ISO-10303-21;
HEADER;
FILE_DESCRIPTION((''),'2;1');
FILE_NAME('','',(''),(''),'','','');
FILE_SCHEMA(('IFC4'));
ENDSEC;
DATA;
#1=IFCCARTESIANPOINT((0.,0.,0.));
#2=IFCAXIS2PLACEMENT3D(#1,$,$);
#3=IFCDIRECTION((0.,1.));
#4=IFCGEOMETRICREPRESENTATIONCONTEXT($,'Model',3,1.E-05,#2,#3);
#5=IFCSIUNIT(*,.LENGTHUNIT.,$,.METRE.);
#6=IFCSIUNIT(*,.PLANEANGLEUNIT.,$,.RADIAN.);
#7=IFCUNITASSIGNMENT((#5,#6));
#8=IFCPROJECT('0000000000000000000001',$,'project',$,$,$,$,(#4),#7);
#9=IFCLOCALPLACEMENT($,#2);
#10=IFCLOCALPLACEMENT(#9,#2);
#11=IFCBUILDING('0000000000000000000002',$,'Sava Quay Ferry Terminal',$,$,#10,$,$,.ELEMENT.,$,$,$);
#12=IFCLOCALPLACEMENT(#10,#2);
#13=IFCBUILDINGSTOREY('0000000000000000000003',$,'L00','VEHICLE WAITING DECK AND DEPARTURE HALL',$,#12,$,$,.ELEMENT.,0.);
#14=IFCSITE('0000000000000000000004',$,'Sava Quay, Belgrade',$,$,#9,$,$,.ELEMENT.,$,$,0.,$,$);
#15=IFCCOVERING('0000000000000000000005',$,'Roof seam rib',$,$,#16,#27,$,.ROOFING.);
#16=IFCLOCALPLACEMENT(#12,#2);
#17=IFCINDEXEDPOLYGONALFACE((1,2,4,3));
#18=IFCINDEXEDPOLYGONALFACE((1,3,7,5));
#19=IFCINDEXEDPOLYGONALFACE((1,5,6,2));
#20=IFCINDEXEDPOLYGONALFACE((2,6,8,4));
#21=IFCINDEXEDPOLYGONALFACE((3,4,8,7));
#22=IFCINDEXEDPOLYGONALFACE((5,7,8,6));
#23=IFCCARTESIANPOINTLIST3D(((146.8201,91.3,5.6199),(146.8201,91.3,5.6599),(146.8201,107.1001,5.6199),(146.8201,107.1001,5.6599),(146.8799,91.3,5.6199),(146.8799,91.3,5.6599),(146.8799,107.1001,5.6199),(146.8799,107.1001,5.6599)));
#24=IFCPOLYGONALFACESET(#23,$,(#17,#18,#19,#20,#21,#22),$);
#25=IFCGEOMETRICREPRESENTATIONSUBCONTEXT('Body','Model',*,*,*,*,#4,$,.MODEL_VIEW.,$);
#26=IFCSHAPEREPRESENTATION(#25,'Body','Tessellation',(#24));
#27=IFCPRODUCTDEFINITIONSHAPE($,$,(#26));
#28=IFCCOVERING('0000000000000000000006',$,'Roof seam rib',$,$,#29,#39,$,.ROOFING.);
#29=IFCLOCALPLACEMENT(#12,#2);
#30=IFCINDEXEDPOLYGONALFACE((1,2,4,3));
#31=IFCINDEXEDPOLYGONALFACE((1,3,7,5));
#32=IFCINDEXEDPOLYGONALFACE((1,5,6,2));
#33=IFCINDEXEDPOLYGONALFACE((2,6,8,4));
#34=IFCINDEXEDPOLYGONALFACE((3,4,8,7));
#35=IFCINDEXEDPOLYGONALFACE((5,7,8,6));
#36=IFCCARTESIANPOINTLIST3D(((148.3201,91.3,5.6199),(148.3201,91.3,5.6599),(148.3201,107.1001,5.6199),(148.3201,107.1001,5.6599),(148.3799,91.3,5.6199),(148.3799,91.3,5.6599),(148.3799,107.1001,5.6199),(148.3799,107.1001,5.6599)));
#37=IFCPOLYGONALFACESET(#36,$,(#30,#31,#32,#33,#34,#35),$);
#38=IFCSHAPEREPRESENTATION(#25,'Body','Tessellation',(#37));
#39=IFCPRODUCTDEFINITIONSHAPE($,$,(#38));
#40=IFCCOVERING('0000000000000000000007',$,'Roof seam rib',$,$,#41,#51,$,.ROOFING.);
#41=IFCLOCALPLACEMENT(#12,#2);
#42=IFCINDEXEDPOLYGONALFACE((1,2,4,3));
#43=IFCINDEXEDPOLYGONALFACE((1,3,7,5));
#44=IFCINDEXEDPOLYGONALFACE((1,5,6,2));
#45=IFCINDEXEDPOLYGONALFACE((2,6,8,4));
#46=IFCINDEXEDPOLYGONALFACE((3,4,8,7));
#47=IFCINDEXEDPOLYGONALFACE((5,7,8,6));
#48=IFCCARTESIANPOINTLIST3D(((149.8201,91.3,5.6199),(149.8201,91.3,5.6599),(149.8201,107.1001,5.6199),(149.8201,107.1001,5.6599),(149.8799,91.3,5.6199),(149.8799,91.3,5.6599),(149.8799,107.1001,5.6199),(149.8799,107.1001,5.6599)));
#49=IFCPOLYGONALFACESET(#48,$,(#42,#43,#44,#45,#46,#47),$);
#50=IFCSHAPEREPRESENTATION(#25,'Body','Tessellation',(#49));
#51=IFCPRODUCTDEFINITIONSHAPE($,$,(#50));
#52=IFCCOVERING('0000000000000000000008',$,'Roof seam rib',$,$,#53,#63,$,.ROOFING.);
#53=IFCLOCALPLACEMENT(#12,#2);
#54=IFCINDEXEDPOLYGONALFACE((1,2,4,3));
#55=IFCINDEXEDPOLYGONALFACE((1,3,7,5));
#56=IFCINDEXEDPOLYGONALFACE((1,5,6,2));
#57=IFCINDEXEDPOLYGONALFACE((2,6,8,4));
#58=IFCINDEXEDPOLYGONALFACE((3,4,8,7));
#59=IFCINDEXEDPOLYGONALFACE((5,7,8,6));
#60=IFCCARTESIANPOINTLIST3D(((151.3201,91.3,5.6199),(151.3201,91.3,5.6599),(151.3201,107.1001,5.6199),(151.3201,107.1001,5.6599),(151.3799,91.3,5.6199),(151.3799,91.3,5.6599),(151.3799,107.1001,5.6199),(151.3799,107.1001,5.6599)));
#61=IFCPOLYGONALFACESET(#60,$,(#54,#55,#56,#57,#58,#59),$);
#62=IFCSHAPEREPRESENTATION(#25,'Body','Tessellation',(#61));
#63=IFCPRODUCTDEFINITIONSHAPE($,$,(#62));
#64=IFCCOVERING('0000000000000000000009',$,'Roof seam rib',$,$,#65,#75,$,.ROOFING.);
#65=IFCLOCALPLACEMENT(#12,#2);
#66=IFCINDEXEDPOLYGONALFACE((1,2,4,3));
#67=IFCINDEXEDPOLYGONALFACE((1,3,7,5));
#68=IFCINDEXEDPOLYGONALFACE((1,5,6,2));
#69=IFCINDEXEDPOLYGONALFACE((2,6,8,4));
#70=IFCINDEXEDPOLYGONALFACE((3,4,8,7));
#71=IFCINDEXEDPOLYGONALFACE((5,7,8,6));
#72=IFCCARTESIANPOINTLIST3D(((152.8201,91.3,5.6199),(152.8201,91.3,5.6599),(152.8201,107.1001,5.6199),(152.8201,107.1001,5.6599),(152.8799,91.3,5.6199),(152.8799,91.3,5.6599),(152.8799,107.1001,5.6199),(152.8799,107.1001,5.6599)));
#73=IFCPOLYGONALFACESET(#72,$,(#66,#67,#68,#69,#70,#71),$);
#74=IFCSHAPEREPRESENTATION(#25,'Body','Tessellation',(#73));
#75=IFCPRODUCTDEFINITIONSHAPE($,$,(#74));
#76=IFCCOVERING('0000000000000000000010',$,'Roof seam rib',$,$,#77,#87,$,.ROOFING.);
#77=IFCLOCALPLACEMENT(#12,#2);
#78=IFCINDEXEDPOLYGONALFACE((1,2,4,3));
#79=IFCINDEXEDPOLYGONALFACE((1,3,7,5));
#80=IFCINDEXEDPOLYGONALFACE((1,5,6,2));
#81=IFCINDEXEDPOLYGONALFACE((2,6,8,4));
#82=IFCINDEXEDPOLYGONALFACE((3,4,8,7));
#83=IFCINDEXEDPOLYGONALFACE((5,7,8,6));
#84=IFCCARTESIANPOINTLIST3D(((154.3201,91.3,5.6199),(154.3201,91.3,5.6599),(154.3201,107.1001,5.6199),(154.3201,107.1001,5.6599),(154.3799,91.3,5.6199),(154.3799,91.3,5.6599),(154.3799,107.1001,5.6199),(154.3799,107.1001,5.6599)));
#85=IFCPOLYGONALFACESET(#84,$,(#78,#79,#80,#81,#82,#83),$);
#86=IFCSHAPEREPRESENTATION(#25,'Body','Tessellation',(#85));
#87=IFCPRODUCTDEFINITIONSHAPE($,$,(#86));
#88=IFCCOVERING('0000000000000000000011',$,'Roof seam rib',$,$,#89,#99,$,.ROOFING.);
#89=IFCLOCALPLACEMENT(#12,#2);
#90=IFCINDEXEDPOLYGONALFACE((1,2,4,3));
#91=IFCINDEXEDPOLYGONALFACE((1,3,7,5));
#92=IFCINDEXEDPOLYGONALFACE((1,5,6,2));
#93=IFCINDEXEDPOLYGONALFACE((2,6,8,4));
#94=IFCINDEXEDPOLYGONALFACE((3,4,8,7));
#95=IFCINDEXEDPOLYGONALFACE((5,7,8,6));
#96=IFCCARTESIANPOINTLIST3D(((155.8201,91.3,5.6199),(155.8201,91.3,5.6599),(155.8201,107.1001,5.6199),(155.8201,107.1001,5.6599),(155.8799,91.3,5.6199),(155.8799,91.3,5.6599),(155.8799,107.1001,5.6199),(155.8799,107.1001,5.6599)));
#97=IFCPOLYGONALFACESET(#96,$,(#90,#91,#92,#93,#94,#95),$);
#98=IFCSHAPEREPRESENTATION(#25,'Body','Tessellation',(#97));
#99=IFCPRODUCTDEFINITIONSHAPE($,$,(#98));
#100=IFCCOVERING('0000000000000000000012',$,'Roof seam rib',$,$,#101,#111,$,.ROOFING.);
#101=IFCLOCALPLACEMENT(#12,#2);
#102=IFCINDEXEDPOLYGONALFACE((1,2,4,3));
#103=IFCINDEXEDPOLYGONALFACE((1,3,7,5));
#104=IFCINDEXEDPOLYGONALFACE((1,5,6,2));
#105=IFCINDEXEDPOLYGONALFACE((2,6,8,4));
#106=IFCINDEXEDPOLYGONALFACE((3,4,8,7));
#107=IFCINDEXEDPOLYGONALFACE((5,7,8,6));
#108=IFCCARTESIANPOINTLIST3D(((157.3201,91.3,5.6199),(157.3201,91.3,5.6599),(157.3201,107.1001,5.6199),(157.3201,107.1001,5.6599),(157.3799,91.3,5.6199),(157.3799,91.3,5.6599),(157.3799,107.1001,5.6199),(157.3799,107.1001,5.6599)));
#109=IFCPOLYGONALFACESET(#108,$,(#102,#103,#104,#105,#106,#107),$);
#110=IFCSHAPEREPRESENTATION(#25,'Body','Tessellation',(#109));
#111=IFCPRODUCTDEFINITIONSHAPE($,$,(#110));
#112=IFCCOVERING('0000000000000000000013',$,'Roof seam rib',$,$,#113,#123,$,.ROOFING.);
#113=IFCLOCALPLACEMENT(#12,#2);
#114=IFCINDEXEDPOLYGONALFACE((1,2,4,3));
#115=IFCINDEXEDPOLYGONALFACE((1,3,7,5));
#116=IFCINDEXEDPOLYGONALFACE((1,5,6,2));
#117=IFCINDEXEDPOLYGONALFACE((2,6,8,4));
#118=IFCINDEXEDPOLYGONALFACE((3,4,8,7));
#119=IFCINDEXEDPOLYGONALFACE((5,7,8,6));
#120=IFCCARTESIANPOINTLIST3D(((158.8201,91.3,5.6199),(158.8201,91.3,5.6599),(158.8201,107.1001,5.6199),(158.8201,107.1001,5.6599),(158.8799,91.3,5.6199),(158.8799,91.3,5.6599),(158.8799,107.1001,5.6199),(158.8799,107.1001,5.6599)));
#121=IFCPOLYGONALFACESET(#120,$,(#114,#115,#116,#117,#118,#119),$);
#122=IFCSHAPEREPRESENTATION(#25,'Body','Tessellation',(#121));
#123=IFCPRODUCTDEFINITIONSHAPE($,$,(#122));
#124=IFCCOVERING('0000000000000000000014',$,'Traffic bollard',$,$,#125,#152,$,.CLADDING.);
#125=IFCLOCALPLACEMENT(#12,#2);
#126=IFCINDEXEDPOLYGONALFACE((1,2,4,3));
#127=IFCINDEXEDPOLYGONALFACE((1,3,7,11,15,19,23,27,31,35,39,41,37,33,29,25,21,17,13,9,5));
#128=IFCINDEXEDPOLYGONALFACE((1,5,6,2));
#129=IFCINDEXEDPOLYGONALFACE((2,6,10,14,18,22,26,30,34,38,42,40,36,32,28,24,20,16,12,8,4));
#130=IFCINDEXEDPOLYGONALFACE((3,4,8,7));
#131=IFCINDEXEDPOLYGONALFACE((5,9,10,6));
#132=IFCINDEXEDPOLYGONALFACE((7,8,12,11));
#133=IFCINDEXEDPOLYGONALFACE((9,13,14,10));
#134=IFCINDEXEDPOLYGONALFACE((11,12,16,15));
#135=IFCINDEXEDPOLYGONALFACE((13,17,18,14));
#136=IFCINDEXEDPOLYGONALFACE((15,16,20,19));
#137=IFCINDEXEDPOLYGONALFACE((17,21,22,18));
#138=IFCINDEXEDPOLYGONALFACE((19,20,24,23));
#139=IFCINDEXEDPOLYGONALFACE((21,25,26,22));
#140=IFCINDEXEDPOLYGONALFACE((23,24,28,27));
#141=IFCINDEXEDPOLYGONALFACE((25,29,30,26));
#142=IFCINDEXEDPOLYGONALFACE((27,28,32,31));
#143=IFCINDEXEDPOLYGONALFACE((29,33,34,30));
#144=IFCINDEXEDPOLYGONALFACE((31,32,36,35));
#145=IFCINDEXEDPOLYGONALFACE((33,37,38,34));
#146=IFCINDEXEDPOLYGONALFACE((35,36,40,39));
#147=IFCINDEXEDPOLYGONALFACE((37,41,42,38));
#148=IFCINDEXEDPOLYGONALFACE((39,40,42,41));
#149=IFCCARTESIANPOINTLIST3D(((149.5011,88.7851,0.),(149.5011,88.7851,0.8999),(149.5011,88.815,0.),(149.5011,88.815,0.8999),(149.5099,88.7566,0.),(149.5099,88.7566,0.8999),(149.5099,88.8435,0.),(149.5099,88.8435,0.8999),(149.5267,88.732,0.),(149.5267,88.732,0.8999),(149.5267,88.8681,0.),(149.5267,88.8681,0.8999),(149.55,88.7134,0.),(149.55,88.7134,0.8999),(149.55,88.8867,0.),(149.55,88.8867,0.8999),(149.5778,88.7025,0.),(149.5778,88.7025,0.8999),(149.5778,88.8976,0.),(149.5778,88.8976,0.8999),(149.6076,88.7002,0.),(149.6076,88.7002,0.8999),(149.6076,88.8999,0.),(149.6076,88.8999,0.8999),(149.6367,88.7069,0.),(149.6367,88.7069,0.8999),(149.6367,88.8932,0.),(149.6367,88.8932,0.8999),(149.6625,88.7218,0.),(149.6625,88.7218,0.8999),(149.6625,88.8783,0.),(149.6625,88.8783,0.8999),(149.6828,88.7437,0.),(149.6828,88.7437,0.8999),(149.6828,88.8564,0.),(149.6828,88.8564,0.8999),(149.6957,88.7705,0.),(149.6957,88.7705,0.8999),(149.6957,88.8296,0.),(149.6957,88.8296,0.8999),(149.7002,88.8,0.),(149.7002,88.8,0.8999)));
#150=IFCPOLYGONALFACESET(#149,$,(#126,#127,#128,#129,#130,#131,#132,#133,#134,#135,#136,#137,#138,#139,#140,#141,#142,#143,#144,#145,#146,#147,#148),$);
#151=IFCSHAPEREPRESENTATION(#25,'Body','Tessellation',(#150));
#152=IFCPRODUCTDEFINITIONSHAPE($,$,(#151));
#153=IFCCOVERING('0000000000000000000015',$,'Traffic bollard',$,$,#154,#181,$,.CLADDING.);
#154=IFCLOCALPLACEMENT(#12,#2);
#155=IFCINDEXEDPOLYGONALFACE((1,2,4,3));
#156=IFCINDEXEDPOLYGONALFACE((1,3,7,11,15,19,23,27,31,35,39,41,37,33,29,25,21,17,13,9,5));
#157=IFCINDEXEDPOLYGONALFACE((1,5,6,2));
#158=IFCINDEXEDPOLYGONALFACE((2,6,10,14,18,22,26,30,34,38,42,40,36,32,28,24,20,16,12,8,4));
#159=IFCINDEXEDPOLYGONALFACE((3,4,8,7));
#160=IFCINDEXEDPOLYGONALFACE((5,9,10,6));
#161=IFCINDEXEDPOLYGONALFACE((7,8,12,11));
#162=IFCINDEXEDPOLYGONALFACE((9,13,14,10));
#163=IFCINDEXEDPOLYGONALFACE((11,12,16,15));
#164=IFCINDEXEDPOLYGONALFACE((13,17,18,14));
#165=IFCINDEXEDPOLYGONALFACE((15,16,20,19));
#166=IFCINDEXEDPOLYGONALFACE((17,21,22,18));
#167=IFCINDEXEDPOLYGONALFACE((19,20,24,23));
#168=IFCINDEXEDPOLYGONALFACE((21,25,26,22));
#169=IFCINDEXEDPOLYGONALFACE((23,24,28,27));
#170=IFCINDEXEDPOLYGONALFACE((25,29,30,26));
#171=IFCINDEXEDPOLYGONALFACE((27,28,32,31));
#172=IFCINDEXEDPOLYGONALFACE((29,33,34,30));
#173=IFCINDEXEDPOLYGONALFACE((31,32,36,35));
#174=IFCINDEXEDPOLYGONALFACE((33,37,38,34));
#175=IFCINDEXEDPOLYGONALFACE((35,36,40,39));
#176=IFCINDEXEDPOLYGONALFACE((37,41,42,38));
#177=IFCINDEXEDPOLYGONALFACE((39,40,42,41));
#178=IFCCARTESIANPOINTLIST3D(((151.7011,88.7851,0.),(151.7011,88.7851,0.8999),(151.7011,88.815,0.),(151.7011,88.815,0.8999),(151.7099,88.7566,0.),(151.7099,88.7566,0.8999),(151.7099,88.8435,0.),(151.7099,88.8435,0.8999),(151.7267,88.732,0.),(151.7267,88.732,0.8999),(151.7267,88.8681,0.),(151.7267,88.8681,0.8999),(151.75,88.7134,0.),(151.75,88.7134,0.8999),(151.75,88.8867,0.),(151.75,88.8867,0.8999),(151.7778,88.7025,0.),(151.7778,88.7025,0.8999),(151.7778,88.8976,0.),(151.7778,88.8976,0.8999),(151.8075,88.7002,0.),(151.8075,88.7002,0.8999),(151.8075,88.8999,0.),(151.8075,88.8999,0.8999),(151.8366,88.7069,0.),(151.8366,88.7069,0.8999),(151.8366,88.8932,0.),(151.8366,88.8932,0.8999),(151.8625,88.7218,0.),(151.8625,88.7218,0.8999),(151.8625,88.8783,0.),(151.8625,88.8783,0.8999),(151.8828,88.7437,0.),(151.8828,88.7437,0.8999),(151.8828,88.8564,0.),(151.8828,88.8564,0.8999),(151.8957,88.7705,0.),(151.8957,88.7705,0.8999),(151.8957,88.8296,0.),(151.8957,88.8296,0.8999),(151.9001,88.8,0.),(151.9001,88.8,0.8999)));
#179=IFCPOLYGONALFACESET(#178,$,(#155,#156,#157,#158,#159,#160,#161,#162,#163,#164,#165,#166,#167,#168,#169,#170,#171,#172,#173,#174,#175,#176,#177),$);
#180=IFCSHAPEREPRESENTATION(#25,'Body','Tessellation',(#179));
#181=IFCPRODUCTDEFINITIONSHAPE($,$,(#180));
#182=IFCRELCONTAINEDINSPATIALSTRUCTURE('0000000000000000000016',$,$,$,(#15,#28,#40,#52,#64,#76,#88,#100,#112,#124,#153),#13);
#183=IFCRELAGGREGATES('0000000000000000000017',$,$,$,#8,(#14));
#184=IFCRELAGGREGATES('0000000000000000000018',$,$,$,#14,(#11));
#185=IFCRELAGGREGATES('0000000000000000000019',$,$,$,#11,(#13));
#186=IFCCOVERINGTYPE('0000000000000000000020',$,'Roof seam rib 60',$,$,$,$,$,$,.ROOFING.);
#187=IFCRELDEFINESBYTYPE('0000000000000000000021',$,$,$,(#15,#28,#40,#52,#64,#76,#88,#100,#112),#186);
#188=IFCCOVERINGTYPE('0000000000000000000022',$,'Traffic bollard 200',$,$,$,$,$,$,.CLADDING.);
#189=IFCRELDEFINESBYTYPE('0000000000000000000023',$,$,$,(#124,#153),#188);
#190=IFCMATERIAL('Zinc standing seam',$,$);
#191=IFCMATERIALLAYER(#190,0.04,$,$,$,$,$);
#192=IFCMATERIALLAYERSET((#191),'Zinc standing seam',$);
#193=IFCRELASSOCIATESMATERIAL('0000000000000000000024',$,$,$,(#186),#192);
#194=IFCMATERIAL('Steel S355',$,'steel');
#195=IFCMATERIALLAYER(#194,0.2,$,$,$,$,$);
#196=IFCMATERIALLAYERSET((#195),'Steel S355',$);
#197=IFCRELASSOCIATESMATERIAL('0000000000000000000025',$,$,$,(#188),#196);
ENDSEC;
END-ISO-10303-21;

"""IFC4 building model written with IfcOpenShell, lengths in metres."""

from ifc_helpers import new_model, si_unit, direction, frame, origin, origin_2d, place, context, subcontext, project, spatial, polyline, circle, outline, extrude, material, layer, layer_set, type_object, element, save


model = new_model("IFC4")

# Units and contexts
model_context = context("Model", 3, precision=1e-05, world=origin(), true_north=direction((0.0, 1.0)))
body_context = subcontext(model_context, "Body", "Model", "MODEL_VIEW")
ifc_project = project(units=[si_unit("LENGTHUNIT", "METRE"), si_unit("PLANEANGLEUNIT", "RADIAN")], contexts=[model_context])

# Site, building, storey
site_placement = place(None, origin())
site = spatial("IfcSite", under=ifc_project, at=site_placement, Name="Sava Quay, Belgrade", CompositionType="ELEMENT", RefElevation=0.0)
building_placement = place(site_placement, origin())
building = spatial("IfcBuilding", under=site, at=building_placement, Name="Sava Quay Ferry Terminal", CompositionType="ELEMENT")
storey_placement = place(building_placement, origin())
storey = spatial("IfcBuildingStorey", under=building, at=storey_placement, Name="L00", Description="VEHICLE WAITING DECK AND DEPARTURE HALL", CompositionType="ELEMENT", Elevation=0.0)

# Coverings
ifc_material_1 = material(Name="Zinc standing seam")
ifc_layer_1 = layer(ifc_material_1, 0.04)
ifc_layer_set_1 = layer_set([ifc_layer_1], Name="Zinc standing seam")
covering_type_1 = type_object("IfcCoveringType", Name="Roof seam rib 60", PredefinedType="ROOFING", material=ifc_layer_set_1)
for number, where, z_axis, x_axis, name in (
    (1, (146.8201, 91.3, 5.6599), (0.0, 0.0, 1.0), (0.0, 1.0, 0.0), "Roof seam rib"),
    (2, (148.3201, 91.3, 5.6599), (0.0, 0.0, 1.0), (0.0, 1.0, 0.0), "Roof seam rib"),
    (3, (149.8201, 91.3, 5.6599), (0.0, 0.0, 1.0), (0.0, 1.0, 0.0), "Roof seam rib"),
    (4, (151.3201, 91.3, 5.6599), (0.0, 0.0, 1.0), (0.0, 1.0, 0.0), "Roof seam rib"),
    (5, (152.8201, 91.3, 5.6599), (0.0, 0.0, 1.0), (0.0, 1.0, 0.0), "Roof seam rib"),
    (6, (154.3201, 91.3, 5.6599), (0.0, 0.0, 1.0), (0.0, 1.0, 0.0), "Roof seam rib"),
    (7, (155.8201, 91.3, 5.6599), (0.0, 0.0, 1.0), (0.0, 1.0, 0.0), "Roof seam rib"),
    (8, (157.3201, 91.3, 5.6599), (0.0, 0.0, 1.0), (0.0, 1.0, 0.0), "Roof seam rib"),
    (9, (158.8201, 91.3, 5.6599), (0.0, 0.0, 1.0), (0.0, 1.0, 0.0), "Roof seam rib"),
):
    element("IfcCovering", number, at=place(storey_placement, frame(where, z_axis=z_axis, x_axis=x_axis)), inside=storey, type_object=covering_type_1, Name=name, PredefinedType="ROOFING", context=body_context, shape_type="SweptSolid", body=[
        extrude(outline(polyline([(0.0, 0.0), (15.8, 0.0), (15.8, -0.0598), (0.0, -0.0598), (0.0, 0.0)])), origin(), (0.0, 0.0, -1.0), 0.04),
    ])
ifc_material_2 = material(Name="Steel S355", Category="steel")
ifc_layer_2 = layer(ifc_material_2, 0.2)
ifc_layer_set_2 = layer_set([ifc_layer_2], Name="Steel S355")
covering_type_2 = type_object("IfcCoveringType", Name="Traffic bollard 200", PredefinedType="CLADDING", material=ifc_layer_set_2)
for number, where, z_axis, x_axis, name in (
    (10, (149.6001, 88.8, 0.8999), (0.0, 0.0, -1.0), (1.0, 0.0, 0.0), "Traffic bollard"),
    (11, (151.8, 88.8, 0.8999), (0.0, 0.0, -1.0), (1.0, 0.0, 0.0), "Traffic bollard"),
):
    element("IfcCovering", number, at=place(storey_placement, frame(where, z_axis=z_axis, x_axis=x_axis)), inside=storey, type_object=covering_type_2, Name=name, PredefinedType="CLADDING", context=body_context, shape_type="SweptSolid", body=[
        extrude(circle(Radius=0.1001, at=origin_2d()), origin(), (0.0, 0.0, 1.0), 0.8999),
    ])

save(model, "model.ifc")
